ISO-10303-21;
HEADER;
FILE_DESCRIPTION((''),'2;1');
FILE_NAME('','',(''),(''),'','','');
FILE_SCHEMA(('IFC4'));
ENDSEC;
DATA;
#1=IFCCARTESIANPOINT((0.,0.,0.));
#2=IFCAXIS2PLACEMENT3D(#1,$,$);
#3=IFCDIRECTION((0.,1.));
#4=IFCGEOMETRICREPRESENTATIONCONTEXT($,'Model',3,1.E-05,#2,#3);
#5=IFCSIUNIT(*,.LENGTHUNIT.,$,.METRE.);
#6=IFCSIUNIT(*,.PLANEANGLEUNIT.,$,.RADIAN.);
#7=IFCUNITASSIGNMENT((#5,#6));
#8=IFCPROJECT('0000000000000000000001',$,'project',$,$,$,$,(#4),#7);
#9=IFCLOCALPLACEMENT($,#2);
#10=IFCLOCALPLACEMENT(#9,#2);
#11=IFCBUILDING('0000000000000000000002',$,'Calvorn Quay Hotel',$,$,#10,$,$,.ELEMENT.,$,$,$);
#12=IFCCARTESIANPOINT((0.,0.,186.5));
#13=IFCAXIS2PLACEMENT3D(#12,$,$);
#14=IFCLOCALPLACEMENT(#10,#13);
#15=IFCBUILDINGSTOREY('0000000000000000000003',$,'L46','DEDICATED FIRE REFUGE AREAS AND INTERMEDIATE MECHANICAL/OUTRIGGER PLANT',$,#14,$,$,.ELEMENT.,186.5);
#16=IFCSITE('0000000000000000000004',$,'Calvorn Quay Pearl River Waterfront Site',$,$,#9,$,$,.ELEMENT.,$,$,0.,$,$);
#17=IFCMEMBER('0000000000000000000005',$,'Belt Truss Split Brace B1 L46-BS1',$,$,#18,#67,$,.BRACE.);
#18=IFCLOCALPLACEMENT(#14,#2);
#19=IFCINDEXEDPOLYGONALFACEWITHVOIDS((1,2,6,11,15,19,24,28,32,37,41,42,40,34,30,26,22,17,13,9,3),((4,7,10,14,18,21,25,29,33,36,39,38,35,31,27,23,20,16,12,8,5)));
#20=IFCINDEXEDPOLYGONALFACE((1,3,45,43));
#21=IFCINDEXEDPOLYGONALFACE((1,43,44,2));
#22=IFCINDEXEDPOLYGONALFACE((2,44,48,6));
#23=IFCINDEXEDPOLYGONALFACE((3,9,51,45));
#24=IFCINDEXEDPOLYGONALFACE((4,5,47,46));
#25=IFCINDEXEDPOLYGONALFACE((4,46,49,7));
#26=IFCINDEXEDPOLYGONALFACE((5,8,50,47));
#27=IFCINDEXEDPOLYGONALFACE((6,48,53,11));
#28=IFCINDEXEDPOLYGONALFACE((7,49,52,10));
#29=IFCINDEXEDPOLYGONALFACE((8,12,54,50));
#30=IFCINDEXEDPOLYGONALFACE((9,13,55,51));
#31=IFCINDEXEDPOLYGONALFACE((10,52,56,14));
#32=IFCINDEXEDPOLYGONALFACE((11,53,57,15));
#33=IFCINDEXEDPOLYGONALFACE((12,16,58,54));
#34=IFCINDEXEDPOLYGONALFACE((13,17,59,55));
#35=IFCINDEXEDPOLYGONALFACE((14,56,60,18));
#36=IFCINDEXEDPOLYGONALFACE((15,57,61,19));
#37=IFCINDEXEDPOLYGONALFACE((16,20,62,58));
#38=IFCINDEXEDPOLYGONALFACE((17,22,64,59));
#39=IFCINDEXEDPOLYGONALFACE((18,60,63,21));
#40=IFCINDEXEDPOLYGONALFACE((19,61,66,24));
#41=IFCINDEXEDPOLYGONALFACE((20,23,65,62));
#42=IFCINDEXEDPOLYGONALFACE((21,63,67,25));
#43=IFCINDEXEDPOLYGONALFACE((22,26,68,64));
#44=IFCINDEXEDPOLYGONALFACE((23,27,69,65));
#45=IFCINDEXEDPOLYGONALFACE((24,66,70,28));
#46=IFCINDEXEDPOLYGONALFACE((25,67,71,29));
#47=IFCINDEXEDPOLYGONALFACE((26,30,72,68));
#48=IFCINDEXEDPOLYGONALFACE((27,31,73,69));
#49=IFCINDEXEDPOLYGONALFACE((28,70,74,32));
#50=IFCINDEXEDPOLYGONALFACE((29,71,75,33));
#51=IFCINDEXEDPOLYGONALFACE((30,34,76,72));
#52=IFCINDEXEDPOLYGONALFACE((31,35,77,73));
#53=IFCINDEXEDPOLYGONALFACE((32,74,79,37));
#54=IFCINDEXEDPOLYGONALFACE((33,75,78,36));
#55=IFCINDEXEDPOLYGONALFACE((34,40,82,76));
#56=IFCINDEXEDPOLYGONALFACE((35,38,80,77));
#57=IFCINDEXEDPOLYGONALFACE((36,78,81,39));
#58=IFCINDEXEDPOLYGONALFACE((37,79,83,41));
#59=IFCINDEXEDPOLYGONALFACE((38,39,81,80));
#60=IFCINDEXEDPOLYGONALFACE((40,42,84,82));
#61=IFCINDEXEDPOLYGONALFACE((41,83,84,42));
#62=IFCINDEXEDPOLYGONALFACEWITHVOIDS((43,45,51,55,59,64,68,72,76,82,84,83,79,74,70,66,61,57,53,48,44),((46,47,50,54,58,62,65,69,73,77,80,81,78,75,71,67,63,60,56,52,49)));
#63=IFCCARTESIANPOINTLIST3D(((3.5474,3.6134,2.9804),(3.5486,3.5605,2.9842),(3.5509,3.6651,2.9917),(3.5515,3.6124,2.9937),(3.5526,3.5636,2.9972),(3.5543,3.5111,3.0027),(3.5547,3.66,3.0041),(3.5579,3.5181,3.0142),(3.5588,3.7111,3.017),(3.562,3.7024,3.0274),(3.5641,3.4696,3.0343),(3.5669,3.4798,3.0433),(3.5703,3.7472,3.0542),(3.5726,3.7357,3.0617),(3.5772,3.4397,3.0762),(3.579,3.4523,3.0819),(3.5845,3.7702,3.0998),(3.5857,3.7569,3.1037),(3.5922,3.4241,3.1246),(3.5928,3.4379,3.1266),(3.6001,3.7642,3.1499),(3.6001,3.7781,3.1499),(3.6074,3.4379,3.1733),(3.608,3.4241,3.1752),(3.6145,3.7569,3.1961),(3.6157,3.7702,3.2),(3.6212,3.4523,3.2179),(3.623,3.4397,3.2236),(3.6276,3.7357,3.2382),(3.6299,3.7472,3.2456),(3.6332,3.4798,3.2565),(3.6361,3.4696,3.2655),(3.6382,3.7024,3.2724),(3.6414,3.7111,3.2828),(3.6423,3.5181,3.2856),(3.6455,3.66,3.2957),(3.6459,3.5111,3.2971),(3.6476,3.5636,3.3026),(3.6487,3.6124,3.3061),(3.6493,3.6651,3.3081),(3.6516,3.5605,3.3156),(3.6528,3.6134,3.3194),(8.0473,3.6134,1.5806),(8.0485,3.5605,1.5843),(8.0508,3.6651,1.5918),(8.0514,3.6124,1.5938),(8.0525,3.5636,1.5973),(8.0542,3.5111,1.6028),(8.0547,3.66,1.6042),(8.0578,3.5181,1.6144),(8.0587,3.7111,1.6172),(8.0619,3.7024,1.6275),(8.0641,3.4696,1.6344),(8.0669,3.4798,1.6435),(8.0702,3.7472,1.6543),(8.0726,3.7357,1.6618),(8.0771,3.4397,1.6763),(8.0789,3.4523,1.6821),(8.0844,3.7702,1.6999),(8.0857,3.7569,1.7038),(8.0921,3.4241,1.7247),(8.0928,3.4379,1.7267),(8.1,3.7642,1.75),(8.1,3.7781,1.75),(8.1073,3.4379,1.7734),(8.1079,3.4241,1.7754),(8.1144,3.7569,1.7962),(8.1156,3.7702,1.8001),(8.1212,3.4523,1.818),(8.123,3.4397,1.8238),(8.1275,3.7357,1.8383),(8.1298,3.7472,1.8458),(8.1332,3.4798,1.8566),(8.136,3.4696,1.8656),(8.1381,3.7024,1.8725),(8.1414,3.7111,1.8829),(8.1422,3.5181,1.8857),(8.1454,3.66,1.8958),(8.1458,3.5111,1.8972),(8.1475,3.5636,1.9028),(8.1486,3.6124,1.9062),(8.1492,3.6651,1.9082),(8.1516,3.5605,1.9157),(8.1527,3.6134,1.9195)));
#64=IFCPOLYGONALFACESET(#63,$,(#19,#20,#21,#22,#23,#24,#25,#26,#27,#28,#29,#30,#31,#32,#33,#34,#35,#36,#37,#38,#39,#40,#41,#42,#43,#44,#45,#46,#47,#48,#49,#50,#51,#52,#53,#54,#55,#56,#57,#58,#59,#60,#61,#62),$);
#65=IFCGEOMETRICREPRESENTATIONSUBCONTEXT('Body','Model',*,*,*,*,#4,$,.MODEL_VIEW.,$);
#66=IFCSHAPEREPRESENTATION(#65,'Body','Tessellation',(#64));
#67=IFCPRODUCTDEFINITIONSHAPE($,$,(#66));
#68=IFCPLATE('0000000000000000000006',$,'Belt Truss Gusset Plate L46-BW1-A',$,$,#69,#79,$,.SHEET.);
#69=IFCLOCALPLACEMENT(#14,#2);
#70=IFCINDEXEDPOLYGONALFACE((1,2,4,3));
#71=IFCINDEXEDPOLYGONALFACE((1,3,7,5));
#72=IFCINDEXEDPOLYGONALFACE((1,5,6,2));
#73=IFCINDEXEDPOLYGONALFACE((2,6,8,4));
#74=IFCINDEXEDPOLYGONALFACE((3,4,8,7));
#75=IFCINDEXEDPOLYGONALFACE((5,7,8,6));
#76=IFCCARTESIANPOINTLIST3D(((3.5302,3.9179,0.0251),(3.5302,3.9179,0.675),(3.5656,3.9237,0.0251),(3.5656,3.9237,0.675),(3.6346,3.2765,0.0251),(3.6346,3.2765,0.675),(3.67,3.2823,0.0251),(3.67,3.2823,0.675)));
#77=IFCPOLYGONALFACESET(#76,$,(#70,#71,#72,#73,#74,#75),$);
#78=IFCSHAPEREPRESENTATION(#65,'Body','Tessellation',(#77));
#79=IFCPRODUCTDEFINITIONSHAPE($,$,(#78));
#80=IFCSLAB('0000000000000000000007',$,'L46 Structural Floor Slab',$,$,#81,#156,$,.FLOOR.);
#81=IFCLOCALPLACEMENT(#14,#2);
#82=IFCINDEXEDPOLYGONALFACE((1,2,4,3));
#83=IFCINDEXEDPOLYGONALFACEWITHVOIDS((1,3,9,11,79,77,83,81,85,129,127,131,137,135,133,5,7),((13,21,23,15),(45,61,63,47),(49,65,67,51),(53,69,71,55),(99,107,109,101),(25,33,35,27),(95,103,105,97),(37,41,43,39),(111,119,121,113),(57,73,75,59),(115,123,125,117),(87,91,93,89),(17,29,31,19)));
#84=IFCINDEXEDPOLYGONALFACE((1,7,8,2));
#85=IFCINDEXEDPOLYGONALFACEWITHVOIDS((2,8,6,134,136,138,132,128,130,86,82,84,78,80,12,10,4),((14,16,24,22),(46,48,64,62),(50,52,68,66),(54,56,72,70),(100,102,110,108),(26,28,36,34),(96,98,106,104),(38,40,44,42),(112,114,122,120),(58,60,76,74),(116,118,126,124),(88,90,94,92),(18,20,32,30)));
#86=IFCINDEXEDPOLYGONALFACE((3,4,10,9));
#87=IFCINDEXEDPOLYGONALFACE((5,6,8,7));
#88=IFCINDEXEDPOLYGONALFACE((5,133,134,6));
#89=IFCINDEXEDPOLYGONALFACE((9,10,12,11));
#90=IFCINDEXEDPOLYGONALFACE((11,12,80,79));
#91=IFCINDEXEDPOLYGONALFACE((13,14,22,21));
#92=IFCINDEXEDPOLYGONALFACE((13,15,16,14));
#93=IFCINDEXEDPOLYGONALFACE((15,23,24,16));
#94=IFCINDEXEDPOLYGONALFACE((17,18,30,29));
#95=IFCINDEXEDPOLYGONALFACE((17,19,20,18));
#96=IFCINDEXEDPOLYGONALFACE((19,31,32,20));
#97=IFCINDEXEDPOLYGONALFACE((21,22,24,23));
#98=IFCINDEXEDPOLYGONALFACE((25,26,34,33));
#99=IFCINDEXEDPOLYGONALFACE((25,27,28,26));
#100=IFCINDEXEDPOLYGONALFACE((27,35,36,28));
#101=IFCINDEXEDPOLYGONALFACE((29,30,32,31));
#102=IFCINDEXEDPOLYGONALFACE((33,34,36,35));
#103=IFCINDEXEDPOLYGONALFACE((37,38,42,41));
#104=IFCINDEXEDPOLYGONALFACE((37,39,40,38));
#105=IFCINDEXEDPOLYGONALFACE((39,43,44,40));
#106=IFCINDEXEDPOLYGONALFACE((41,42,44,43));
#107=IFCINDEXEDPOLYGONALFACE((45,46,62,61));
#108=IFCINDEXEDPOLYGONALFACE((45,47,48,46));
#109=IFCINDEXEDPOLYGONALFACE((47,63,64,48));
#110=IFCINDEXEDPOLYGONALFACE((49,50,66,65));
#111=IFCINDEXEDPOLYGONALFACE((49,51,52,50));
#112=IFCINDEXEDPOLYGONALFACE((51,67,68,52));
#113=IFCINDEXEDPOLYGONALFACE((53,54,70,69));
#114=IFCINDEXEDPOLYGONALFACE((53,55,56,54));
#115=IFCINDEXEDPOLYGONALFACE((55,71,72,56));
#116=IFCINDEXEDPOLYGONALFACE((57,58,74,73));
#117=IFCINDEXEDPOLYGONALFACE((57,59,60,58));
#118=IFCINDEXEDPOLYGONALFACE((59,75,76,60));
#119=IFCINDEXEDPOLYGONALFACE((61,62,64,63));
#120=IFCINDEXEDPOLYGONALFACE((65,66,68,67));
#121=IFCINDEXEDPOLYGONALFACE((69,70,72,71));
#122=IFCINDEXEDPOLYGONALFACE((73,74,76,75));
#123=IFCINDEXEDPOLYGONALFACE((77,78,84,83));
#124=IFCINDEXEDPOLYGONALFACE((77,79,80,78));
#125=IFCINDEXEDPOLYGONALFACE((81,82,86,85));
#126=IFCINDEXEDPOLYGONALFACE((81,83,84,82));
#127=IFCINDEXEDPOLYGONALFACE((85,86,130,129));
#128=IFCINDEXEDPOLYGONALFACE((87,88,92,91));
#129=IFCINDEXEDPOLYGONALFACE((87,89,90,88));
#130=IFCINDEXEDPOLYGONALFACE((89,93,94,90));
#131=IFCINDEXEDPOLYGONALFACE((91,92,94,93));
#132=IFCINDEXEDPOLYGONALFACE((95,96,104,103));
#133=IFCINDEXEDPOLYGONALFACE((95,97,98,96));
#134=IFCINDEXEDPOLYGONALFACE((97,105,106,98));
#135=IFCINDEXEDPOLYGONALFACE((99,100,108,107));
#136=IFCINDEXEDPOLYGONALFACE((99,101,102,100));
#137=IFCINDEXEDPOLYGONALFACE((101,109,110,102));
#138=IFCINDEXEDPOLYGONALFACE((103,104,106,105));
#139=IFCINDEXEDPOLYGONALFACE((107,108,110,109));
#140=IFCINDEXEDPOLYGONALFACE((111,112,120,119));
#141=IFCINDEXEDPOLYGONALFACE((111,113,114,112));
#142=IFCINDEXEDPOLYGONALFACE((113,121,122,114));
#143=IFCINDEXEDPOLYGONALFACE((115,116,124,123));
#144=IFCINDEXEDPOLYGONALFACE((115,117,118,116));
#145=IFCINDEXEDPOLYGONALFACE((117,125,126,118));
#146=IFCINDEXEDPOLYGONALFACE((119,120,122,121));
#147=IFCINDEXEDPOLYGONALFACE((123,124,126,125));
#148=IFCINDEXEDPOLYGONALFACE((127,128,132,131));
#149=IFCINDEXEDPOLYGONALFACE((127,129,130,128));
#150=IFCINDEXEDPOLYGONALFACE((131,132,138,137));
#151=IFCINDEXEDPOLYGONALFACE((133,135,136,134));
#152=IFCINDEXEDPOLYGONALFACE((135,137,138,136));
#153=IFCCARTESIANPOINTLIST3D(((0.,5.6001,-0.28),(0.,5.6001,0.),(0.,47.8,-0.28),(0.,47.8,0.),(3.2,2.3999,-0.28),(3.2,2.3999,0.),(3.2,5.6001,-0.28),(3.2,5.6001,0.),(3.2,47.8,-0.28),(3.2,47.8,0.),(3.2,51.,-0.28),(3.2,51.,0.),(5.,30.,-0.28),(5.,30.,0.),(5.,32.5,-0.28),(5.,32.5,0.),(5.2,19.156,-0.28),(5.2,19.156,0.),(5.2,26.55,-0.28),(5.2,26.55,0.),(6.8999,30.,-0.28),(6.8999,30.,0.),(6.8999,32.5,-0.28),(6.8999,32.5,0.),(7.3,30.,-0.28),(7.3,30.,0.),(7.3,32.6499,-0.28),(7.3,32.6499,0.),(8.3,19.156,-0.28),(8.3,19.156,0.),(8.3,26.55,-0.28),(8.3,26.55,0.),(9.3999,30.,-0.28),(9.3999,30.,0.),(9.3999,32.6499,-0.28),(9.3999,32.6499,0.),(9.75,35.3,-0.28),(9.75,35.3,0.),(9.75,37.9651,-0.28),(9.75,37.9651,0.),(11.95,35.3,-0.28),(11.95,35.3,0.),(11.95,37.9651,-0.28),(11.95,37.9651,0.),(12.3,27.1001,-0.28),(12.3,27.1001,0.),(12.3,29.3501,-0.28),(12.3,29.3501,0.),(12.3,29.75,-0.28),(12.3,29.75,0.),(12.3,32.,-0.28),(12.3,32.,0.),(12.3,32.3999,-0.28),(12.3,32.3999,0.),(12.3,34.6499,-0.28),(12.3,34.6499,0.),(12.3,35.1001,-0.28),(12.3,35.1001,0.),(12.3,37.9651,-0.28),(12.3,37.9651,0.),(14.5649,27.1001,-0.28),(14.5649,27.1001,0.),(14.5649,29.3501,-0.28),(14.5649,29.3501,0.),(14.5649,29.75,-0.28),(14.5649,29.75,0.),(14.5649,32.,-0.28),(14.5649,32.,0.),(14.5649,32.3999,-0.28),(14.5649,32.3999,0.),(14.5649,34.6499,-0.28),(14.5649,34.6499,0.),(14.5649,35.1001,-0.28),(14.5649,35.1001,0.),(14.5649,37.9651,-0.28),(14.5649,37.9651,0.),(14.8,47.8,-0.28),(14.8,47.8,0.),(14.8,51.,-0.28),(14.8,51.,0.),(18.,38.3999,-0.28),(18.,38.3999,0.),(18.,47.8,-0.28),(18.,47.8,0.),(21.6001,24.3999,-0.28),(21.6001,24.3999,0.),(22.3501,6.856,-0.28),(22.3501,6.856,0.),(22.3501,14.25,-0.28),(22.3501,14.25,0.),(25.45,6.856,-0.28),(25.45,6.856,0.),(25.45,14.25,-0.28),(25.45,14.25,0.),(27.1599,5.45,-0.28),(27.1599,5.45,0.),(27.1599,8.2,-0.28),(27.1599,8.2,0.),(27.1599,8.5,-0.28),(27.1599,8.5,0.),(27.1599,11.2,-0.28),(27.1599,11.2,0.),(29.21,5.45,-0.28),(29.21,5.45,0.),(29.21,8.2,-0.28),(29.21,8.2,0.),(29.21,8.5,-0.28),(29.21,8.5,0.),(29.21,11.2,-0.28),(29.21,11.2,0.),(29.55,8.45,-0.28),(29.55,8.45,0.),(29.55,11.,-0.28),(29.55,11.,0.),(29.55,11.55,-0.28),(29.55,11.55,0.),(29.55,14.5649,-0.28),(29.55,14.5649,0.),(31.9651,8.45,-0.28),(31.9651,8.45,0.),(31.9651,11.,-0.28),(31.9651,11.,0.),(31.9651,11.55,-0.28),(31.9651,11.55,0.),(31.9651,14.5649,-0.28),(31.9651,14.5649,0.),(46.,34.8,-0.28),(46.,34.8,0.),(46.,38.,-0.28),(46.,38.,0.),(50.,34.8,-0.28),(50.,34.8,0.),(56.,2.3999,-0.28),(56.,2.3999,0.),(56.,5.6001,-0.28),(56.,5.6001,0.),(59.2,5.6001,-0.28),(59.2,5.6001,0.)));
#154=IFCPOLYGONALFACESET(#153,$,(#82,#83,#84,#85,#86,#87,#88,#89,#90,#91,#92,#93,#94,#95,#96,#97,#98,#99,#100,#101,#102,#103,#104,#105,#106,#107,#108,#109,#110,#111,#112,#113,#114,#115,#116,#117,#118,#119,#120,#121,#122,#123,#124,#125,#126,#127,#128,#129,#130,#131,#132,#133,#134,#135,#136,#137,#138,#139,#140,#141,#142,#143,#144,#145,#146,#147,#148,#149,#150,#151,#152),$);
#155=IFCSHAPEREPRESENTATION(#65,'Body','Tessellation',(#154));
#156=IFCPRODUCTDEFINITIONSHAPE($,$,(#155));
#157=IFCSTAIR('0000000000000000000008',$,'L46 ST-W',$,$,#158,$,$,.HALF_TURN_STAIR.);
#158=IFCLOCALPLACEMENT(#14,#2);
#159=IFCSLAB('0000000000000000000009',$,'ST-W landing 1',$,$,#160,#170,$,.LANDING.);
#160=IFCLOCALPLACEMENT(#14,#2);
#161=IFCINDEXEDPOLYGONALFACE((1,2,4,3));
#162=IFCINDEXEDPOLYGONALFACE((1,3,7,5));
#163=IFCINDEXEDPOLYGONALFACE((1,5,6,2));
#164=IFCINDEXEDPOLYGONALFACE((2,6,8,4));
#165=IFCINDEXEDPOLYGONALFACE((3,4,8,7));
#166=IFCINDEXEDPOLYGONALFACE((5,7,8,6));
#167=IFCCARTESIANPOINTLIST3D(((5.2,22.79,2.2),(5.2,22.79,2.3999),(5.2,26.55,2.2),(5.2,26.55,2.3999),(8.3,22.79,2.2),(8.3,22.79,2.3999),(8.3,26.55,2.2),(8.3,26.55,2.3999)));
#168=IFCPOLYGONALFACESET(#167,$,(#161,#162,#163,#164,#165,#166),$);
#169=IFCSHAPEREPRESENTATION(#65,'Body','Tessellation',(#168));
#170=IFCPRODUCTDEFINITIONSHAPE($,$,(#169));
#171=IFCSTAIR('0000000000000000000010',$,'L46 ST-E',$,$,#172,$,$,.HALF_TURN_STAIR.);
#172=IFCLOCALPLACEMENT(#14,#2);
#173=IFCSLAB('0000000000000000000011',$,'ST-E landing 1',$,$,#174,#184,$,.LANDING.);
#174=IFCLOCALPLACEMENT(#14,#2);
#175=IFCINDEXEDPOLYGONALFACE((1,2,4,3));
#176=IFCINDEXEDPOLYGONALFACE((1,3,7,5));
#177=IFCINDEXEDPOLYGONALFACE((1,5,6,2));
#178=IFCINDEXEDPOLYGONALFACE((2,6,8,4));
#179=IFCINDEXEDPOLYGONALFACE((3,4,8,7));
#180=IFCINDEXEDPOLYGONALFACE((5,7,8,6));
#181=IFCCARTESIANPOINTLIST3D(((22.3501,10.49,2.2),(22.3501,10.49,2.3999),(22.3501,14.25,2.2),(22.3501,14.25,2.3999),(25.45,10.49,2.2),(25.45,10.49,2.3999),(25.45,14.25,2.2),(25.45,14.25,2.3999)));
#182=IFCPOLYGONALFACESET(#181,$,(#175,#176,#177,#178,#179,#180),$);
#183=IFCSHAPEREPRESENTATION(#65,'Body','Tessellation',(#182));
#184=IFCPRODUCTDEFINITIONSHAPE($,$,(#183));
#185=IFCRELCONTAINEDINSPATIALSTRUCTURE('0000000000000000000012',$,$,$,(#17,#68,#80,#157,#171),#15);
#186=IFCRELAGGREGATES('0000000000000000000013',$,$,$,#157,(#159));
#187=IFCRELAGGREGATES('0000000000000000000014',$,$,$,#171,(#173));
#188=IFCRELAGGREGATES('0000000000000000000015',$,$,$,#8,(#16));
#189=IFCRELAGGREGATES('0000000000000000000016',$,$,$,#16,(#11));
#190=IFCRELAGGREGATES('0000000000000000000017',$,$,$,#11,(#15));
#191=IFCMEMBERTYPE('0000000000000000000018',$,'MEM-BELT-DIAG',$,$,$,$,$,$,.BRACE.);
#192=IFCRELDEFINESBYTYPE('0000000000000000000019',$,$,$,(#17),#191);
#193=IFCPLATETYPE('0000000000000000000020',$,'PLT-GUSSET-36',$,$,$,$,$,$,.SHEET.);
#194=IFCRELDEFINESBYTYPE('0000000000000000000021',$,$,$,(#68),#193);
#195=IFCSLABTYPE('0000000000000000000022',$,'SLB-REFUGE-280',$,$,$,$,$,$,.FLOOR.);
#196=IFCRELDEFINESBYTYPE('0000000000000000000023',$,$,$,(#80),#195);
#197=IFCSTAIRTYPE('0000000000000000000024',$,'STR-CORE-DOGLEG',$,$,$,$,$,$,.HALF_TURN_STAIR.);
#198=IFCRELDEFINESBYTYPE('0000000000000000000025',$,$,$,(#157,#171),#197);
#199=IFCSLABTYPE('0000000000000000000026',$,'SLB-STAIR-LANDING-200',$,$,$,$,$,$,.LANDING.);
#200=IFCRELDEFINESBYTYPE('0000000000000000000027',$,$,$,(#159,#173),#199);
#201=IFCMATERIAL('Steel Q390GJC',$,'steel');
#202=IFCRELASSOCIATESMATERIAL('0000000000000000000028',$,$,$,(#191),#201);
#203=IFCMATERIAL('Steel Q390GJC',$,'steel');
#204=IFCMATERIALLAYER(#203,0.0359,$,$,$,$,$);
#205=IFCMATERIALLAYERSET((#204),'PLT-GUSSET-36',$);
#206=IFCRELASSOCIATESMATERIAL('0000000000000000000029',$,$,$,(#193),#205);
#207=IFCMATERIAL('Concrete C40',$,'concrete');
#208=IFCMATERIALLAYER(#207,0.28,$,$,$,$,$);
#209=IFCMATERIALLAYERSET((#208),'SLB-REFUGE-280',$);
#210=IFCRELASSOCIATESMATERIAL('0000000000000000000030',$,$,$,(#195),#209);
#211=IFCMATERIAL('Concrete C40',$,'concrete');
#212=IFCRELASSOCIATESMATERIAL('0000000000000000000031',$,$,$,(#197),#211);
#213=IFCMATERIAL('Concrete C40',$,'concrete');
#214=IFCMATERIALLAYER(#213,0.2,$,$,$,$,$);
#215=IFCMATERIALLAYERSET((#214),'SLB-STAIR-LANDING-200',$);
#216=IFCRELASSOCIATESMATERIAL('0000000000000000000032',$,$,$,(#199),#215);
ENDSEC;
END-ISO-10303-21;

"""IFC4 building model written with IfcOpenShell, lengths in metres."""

from ifc_helpers import new_model, si_unit, direction, frame, origin, origin_2d, place, context, subcontext, project, spatial, polyline, rectangle, hollow_circle, outline, extrude, material, layer, layer_set, material_profile, profile_set, type_object, element, aggregate, save


model = new_model("IFC4")

# Units and contexts
model_context = context("Model", 3, precision=1e-05, world=origin(), true_north=direction((0.0, 1.0)))
body_context = subcontext(model_context, "Body", "Model", "MODEL_VIEW")
ifc_project = project(units=[si_unit("LENGTHUNIT", "METRE"), si_unit("PLANEANGLEUNIT", "RADIAN")], contexts=[model_context])

# Site, building, storey
site_placement = place(None, origin())
site = spatial("IfcSite", under=ifc_project, at=site_placement, Name="Calvorn Quay Pearl River Waterfront Site", CompositionType="ELEMENT", RefElevation=0.0)
building_placement = place(site_placement, origin())
building = spatial("IfcBuilding", under=site, at=building_placement, Name="Calvorn Quay Hotel", CompositionType="ELEMENT")
storey_placement = place(building_placement, frame((0.0, 0.0, 186.5)))
storey = spatial("IfcBuildingStorey", under=building, at=storey_placement, Name="L46", Description="DEDICATED FIRE REFUGE AREAS AND INTERMEDIATE MECHANICAL/OUTRIGGER PLANT", CompositionType="ELEMENT", Elevation=186.5)

# Member
ifc_material_1 = material(Name="Steel Q390GJC", Category="steel")
ifc_material_profile_1 = material_profile(ifc_material_1, hollow_circle(Radius=0.178, WallThickness=0.0139, at=origin_2d()), Name="CHS356x14")
ifc_profile_set_1 = profile_set([ifc_material_profile_1], Name="Steel Q390GJC")
member_type_1 = type_object("IfcMemberType", Name="MEM-BELT-DIAG", PredefinedType="BRACE", material=ifc_profile_set_1)
member_1_placement = place(storey_placement, frame((3.6001, 3.6001, 3.1499), z_axis=(0.954863, 0.0, -0.297048), x_axis=(0.0, 1.0, 0.0)))
element("IfcMember", 1, at=member_1_placement, inside=storey, type_object=member_type_1, Name="Belt Truss Split Brace B1 L46-BS1", PredefinedType="BRACE", context=body_context, shape_type="SweptSolid", body=[
    extrude(hollow_circle(Radius=0.178, WallThickness=0.0139, at=origin_2d()), origin(), (0.0, 0.0, 1.0), 4.7126),
])

# Plate
ifc_material_2 = material(Name="Steel Q390GJC", Category="steel")
ifc_layer_1 = layer(ifc_material_2, 0.0359)
ifc_layer_set_1 = layer_set([ifc_layer_1], Name="PLT-GUSSET-36")
plate_type = type_object("IfcPlateType", Name="PLT-GUSSET-36", PredefinedType="SHEET", material=ifc_layer_set_1)
plate_placement = place(storey_placement, frame((3.6001, 3.6001, 0.0251), z_axis=(0.0, 0.0, 1.0), x_axis=(-0.160743, 0.986996, 0.0)))
element("IfcPlate", 2, at=plate_placement, inside=storey, type_object=plate_type, Name="Belt Truss Gusset Plate L46-BW1-A", PredefinedType="SHEET", context=body_context, shape_type="SweptSolid", body=[
    extrude(rectangle(XDim=0.6499, YDim=0.0359, at=origin_2d()), origin(), (0.0, 0.0, 1.0), 0.6499),
])

# Slab
ifc_material_3 = material(Name="Concrete C40", Category="concrete")
ifc_layer_2 = layer(ifc_material_3, 0.28)
ifc_layer_set_2 = layer_set([ifc_layer_2], Name="SLB-REFUGE-280")
slab_type_1 = type_object("IfcSlabType", Name="SLB-REFUGE-280", PredefinedType="FLOOR", material=ifc_layer_set_2)
slab_1_placement = place(storey_placement, frame((0.0, 0.0, -0.28)))
element("IfcSlab", 3, at=slab_1_placement, inside=storey, type_object=slab_type_1, Name="L46 Structural Floor Slab", PredefinedType="FLOOR", context=body_context, shape_type="SweptSolid", body=[
    extrude(outline(polyline([(0.0, 5.6001), (3.2, 5.6001), (3.2, 2.3999), (56.0, 2.3999), (56.0, 5.6001), (59.2, 5.6001), (50.0, 34.8), (46.0, 34.8), (46.0, 38.0), (21.6001, 24.3999), (18.0, 38.3999), (18.0, 47.8), (14.8, 47.8), (14.8, 51.0), (3.2, 51.0), (3.2, 47.8), (0.0, 47.8), (0.0, 5.6001)]), holes=[polyline([(5.2, 19.156), (8.3, 19.156), (8.3, 26.55), (5.2, 26.55), (5.2, 19.156)]), polyline([(22.3501, 6.856), (25.45, 6.856), (25.45, 14.25), (22.3501, 14.25), (22.3501, 6.856)]), polyline([(5.0, 30.0), (6.8999, 30.0), (6.8999, 32.5), (5.0, 32.5), (5.0, 30.0)]), polyline([(7.3, 30.0), (9.3999, 30.0), (9.3999, 32.6499), (7.3, 32.6499), (7.3, 30.0)]), polyline([(27.1599, 8.5), (29.21, 8.5), (29.21, 11.2), (27.1599, 11.2), (27.1599, 8.5)]), polyline([(27.1599, 5.45), (29.21, 5.45), (29.21, 8.2), (27.1599, 8.2), (27.1599, 5.45)]), polyline([(12.3, 27.1001), (14.5649, 27.1001), (14.5649, 29.3501), (12.3, 29.3501), (12.3, 27.1001)]), polyline([(12.3, 29.75), (14.5649, 29.75), (14.5649, 32.0), (12.3, 32.0), (12.3, 29.75)]), polyline([(12.3, 32.3999), (14.5649, 32.3999), (14.5649, 34.6499), (12.3, 34.6499), (12.3, 32.3999)]), polyline([(12.3, 35.1001), (14.5649, 35.1001), (14.5649, 37.9651), (12.3, 37.9651), (12.3, 35.1001)]), polyline([(9.75, 35.3), (11.95, 35.3), (11.95, 37.9651), (9.75, 37.9651), (9.75, 35.3)]), polyline([(29.55, 11.55), (31.9651, 11.55), (31.9651, 14.5649), (29.55, 14.5649), (29.55, 11.55)]), polyline([(29.55, 8.45), (31.9651, 8.45), (31.9651, 11.0), (29.55, 11.0), (29.55, 8.45)])]), origin(), (0.0, 0.0, 1.0), 0.28),
])

# Stairs, slabs
ifc_material_4 = material(Name="Concrete C40", Category="concrete")
stair_type = type_object("IfcStairType", Name="STR-CORE-DOGLEG", PredefinedType="HALF_TURN_STAIR", material=ifc_material_4)
stair_1_placement = place(storey_placement, origin())
stair_1 = element("IfcStair", 4, at=stair_1_placement, inside=storey, type_object=stair_type, Name="L46 ST-W", PredefinedType="HALF_TURN_STAIR")
ifc_material_5 = material(Name="Concrete C40", Category="concrete")
ifc_layer_3 = layer(ifc_material_5, 0.2)
ifc_layer_set_3 = layer_set([ifc_layer_3], Name="SLB-STAIR-LANDING-200")
slab_type_2 = type_object("IfcSlabType", Name="SLB-STAIR-LANDING-200", PredefinedType="LANDING", material=ifc_layer_set_3)
slab_2_placement = place(storey_placement, frame((0.0, 0.0, 2.2)))
slab_2 = element("IfcSlab", 5, at=slab_2_placement, type_object=slab_type_2, Name="ST-W landing 1", PredefinedType="LANDING", context=body_context, shape_type="SweptSolid", body=[
    extrude(outline(polyline([(8.3, 22.79), (8.3, 26.55), (5.2, 26.55), (5.2, 22.79), (8.3, 22.79)])), origin(), (0.0, 0.0, 1.0), 0.2),
])
aggregate(stair_1, [slab_2])
stair_2_placement = place(storey_placement, origin())
stair_2 = element("IfcStair", 6, at=stair_2_placement, inside=storey, type_object=stair_type, Name="L46 ST-E", PredefinedType="HALF_TURN_STAIR")
slab_3_placement = place(storey_placement, frame((0.0, 0.0, 2.2)))
slab_3 = element("IfcSlab", 7, at=slab_3_placement, type_object=slab_type_2, Name="ST-E landing 1", PredefinedType="LANDING", context=body_context, shape_type="SweptSolid", body=[
    extrude(outline(polyline([(25.45, 10.49), (25.45, 14.25), (22.3501, 14.25), (22.3501, 10.49), (25.45, 10.49)])), origin(), (0.0, 0.0, 1.0), 0.2),
])
aggregate(stair_2, [slab_3])

save(model, "model.ifc")
